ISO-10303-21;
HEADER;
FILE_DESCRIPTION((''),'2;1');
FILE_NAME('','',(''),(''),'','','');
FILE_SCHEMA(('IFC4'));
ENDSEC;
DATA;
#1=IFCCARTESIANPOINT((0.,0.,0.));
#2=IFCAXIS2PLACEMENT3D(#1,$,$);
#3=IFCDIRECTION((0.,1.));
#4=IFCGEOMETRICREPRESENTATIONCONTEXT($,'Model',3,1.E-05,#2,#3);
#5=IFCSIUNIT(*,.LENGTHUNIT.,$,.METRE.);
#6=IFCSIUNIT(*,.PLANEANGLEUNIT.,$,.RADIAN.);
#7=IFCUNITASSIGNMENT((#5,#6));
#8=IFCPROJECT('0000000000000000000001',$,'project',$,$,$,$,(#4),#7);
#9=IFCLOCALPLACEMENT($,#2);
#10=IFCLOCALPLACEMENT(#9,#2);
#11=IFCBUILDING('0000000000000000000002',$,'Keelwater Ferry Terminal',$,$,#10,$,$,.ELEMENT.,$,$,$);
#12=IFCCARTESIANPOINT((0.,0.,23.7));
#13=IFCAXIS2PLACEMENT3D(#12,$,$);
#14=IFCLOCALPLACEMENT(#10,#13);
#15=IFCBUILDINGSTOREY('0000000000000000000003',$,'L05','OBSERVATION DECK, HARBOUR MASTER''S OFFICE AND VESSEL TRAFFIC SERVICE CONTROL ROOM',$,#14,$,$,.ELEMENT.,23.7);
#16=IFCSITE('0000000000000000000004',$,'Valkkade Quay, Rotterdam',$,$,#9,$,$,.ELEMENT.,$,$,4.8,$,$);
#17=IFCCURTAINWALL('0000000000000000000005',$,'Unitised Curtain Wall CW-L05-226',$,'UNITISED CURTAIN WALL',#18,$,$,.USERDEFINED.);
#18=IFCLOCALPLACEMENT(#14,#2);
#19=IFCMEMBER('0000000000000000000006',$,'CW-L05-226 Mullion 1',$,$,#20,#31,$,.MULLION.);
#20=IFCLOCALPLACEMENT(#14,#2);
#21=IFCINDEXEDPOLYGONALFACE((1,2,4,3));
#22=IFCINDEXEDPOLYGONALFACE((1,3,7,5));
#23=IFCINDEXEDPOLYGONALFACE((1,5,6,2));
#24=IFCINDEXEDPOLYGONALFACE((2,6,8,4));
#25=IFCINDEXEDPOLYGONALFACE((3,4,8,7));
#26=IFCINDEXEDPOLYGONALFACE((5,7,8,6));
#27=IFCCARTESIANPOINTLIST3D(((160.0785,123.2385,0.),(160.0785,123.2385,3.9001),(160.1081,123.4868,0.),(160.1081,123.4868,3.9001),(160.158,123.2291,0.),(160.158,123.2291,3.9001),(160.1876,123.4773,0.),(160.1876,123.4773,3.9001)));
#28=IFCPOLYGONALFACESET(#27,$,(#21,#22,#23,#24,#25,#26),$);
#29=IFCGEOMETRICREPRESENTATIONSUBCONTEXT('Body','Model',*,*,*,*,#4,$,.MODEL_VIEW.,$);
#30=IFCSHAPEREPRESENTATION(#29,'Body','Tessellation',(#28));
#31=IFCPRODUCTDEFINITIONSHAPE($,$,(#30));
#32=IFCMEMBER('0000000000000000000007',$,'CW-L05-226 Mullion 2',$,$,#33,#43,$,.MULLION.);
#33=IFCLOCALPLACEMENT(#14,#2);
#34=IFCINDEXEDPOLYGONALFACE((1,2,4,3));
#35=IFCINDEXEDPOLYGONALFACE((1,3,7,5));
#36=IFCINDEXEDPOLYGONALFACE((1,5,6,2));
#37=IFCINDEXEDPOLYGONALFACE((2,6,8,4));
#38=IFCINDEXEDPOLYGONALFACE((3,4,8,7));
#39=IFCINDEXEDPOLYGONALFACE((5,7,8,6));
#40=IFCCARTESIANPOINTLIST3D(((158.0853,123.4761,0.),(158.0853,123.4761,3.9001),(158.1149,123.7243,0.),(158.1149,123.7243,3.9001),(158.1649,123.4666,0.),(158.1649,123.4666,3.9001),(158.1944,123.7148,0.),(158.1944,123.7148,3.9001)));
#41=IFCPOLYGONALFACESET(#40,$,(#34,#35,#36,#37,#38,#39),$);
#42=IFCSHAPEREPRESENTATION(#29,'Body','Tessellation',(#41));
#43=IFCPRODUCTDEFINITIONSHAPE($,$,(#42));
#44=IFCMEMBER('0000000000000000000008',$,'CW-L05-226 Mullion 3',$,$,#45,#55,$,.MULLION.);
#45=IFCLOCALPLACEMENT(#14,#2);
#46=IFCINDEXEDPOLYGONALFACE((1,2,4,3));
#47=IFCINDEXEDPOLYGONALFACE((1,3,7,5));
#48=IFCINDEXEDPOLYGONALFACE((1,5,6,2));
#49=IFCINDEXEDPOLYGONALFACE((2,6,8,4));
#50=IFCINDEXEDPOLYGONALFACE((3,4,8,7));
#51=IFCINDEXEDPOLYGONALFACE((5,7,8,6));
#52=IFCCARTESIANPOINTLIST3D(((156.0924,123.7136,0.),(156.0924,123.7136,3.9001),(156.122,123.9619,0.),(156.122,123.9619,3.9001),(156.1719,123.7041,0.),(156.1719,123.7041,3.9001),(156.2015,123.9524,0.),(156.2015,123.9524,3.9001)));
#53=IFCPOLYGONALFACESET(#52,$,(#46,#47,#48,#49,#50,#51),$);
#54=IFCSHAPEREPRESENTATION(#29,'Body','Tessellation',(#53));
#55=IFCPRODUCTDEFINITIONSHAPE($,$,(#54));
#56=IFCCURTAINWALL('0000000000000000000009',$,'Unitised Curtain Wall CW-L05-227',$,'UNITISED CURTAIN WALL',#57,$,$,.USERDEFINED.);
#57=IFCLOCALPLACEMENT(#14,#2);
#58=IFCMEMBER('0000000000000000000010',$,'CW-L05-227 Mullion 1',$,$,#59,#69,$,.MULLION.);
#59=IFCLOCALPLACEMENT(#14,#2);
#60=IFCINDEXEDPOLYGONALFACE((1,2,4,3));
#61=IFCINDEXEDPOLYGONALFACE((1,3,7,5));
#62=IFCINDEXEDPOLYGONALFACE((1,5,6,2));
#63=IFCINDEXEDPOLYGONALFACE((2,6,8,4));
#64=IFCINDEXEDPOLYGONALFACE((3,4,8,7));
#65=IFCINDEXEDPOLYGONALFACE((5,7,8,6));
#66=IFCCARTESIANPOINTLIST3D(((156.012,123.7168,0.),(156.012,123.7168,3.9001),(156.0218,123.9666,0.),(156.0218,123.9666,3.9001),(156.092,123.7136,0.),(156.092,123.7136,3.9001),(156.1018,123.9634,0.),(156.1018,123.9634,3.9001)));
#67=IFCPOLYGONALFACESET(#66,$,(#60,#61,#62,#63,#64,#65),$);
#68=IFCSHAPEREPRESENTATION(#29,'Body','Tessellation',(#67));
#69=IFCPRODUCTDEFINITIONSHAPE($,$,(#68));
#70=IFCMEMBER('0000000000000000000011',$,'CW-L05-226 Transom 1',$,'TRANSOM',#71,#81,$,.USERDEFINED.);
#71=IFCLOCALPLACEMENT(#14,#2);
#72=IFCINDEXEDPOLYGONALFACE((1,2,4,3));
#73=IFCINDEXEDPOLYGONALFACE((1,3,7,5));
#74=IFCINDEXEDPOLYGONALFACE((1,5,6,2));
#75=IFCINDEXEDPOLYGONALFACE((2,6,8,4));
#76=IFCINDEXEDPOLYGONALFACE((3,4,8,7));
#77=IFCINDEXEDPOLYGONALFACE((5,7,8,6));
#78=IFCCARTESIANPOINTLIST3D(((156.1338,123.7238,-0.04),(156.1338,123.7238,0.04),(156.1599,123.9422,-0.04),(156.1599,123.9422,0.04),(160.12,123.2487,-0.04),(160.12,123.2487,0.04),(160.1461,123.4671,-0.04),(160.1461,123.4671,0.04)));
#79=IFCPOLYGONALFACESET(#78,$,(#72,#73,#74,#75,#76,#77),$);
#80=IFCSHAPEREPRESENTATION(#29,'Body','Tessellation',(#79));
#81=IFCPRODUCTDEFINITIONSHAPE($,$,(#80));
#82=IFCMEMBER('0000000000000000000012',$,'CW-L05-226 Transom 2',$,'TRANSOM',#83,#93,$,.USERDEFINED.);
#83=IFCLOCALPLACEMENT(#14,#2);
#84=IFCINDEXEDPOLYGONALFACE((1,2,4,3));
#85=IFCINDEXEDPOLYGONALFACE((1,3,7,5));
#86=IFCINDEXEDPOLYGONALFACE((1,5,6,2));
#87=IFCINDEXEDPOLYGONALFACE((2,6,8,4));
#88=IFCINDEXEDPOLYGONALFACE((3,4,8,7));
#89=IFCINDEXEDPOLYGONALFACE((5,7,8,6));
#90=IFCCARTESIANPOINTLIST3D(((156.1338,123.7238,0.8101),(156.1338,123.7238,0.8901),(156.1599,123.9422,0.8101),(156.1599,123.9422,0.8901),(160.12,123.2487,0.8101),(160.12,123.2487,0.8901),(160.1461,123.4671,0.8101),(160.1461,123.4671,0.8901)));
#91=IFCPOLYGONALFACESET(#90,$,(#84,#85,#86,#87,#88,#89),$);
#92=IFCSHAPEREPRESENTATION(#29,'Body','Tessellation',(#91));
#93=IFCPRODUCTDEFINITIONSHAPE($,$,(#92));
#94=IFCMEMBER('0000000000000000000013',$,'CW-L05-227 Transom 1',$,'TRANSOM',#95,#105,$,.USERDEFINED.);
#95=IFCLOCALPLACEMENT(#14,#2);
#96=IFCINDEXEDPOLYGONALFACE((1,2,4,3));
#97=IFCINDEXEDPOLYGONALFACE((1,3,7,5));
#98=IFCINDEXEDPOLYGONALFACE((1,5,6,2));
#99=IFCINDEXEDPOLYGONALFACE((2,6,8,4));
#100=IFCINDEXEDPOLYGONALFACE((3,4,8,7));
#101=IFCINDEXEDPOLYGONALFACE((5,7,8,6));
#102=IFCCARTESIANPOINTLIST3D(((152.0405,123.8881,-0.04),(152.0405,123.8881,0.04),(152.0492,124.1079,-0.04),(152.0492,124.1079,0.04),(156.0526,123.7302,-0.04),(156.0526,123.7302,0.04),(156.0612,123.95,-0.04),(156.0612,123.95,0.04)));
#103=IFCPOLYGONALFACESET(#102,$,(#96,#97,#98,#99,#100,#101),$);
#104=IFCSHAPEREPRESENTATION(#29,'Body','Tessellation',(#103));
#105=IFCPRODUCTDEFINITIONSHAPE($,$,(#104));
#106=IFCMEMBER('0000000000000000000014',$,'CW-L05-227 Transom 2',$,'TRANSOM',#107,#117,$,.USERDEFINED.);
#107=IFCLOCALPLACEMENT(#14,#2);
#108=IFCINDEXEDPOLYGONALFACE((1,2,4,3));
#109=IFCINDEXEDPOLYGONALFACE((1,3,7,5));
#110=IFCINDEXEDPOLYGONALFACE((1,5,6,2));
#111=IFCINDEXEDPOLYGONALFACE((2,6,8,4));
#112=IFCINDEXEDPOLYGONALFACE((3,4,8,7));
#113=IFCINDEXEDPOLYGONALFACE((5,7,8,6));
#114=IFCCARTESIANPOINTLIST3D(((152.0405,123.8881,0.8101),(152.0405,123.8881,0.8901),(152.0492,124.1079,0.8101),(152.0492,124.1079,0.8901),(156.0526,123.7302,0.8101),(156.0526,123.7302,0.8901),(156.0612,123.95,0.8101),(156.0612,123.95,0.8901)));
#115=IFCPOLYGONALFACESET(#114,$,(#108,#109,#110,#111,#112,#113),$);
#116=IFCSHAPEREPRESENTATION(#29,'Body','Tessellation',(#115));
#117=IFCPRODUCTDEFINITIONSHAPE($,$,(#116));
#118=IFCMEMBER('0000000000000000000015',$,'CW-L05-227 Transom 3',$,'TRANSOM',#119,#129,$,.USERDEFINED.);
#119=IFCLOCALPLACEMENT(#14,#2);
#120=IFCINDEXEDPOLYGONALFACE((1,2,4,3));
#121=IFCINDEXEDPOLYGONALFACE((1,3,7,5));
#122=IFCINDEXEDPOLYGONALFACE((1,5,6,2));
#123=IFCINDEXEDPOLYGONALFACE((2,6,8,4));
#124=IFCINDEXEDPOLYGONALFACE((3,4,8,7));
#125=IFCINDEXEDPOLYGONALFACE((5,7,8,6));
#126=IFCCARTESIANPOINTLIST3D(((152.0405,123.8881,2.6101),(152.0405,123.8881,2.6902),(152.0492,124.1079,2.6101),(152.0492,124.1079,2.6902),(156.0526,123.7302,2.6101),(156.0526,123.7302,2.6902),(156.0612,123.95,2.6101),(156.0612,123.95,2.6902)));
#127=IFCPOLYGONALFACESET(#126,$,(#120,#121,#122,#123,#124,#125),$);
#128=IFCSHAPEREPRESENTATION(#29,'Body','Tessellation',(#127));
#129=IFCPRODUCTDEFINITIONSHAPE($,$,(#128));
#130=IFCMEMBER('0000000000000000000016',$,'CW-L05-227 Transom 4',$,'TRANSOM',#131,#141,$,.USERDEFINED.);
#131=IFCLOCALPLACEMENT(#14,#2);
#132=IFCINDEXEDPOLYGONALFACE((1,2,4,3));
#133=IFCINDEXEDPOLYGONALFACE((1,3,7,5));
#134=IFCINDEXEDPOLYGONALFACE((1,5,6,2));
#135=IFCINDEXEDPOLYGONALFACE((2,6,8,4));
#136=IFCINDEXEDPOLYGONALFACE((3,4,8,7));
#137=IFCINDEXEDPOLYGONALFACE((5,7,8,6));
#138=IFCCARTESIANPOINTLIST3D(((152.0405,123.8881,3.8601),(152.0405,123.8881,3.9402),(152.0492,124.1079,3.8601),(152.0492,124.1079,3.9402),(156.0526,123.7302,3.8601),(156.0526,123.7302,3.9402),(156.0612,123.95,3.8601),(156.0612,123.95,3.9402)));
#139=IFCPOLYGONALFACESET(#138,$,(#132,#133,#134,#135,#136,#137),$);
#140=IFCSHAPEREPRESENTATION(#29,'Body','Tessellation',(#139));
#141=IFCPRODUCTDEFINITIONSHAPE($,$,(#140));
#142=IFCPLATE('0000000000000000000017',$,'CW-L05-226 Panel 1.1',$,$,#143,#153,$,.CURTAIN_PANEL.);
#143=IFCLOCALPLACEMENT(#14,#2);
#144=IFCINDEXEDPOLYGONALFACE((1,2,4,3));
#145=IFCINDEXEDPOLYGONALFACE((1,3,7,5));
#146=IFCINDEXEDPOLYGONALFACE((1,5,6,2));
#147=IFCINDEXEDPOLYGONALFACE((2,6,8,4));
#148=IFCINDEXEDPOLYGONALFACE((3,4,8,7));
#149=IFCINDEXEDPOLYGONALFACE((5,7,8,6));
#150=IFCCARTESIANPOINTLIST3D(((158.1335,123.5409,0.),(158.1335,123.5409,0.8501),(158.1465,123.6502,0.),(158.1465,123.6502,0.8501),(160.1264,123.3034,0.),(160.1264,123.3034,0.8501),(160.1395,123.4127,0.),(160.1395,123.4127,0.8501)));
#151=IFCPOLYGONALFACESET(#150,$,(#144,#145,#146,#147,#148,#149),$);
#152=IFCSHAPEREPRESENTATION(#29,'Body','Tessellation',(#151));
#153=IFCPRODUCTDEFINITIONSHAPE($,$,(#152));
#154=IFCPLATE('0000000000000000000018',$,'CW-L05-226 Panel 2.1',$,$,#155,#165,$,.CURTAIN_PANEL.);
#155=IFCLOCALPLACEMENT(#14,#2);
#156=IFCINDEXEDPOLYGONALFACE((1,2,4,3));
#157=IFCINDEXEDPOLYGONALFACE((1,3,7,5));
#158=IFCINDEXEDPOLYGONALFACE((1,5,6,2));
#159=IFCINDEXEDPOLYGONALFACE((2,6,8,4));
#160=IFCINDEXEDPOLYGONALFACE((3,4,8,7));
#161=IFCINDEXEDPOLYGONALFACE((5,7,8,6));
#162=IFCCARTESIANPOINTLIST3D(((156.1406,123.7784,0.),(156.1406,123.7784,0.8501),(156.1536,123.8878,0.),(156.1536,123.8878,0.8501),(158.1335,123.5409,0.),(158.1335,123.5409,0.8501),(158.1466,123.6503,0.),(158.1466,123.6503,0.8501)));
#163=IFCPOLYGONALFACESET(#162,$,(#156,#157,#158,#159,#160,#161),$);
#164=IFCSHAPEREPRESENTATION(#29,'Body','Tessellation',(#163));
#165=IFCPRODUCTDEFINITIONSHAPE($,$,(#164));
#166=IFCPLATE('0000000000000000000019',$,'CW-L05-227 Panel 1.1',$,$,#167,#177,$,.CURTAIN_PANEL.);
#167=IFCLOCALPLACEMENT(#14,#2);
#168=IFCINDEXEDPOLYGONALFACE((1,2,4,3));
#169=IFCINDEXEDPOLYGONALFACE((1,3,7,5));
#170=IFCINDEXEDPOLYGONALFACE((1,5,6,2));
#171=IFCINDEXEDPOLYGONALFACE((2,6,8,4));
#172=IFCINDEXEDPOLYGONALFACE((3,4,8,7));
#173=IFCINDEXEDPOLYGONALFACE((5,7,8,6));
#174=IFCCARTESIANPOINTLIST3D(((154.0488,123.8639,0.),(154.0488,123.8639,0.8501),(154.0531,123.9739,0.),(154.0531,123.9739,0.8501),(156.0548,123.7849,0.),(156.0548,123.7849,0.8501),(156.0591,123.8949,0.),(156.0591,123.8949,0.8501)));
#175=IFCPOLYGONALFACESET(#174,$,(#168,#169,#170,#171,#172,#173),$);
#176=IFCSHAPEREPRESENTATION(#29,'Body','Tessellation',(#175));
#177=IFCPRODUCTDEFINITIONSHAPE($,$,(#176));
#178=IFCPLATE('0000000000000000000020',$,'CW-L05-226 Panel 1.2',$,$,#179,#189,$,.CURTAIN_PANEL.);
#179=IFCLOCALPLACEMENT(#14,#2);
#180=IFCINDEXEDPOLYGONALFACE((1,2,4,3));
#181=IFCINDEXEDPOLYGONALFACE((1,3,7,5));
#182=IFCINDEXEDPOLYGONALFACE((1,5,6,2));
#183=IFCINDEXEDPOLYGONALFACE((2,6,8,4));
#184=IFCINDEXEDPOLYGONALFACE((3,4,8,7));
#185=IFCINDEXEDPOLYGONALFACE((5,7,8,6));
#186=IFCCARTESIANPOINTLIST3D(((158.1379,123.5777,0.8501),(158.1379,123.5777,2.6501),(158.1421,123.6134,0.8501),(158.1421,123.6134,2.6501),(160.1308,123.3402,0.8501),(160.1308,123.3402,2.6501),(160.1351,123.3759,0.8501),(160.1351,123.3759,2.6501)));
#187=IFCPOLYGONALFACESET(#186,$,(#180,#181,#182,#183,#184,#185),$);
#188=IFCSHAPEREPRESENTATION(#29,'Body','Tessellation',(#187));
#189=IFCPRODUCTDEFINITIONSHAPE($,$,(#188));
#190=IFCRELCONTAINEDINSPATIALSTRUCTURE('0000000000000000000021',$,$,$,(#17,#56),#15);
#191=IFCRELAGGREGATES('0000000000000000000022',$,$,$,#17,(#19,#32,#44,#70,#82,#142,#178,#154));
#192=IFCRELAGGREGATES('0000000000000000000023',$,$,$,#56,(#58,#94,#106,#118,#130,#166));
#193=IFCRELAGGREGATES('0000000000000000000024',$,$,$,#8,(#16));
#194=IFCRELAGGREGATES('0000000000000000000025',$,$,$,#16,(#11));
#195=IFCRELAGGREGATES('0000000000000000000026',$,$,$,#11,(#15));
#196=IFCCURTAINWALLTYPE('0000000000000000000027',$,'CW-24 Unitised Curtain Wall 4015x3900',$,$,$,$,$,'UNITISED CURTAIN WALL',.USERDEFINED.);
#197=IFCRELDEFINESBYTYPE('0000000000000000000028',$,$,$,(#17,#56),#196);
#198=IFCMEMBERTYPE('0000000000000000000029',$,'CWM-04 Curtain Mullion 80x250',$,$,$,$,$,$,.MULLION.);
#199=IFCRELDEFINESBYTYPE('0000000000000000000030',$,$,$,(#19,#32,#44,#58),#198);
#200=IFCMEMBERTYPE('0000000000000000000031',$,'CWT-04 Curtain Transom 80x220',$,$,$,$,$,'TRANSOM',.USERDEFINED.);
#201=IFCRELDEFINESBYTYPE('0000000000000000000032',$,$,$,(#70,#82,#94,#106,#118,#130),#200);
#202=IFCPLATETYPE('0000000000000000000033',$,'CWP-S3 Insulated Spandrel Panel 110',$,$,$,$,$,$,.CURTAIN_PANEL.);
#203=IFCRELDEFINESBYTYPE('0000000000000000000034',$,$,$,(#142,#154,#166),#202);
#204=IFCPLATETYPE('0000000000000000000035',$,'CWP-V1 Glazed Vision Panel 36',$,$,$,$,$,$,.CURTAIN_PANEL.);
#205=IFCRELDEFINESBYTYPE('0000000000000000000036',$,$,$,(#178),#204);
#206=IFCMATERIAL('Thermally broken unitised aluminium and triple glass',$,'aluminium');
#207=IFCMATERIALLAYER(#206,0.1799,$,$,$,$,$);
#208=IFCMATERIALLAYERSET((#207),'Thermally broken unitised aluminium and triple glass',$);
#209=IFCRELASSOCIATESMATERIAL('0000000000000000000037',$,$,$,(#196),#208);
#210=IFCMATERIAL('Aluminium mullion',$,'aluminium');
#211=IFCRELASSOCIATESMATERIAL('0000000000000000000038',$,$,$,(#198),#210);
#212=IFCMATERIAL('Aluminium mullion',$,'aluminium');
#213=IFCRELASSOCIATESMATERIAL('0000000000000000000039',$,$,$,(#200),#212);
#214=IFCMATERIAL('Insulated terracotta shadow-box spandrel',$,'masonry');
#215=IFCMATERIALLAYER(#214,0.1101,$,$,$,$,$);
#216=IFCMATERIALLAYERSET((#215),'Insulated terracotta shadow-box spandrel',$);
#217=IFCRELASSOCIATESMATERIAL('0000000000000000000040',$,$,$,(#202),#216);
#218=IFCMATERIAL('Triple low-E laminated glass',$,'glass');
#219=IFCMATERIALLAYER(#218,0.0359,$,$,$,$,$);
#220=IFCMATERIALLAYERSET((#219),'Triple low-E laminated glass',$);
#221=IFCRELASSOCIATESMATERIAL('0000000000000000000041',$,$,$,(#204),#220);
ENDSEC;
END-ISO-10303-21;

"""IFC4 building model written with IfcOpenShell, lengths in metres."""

from ifc_helpers import new_model, si_unit, direction, frame, origin, origin_2d, place, context, subcontext, project, spatial, rectangle, extrude, material, layer, layer_set, material_profile, profile_set, type_object, element, aggregate, save


model = new_model("IFC4")

# Units and contexts
model_context = context("Model", 3, precision=1e-05, world=origin(), true_north=direction((0.0, 1.0)))
body_context = subcontext(model_context, "Body", "Model", "MODEL_VIEW")
ifc_project = project(units=[si_unit("LENGTHUNIT", "METRE"), si_unit("PLANEANGLEUNIT", "RADIAN")], contexts=[model_context])

# Site, building, storey
site_placement = place(None, origin())
site = spatial("IfcSite", under=ifc_project, at=site_placement, Name="Valkkade Quay, Rotterdam", CompositionType="ELEMENT", RefElevation=4.8)
building_placement = place(site_placement, origin())
building = spatial("IfcBuilding", under=site, at=building_placement, Name="Keelwater Ferry Terminal", CompositionType="ELEMENT")
storey_placement = place(building_placement, frame((0.0, 0.0, 23.7)))
storey = spatial("IfcBuildingStorey", under=building, at=storey_placement, Name="L05", Description="OBSERVATION DECK, HARBOUR MASTER'S OFFICE AND VESSEL TRAFFIC SERVICE CONTROL ROOM", CompositionType="ELEMENT", Elevation=23.7)

# Curtain wall, members
ifc_material_1 = material(Name="Thermally broken unitised aluminium and triple glass", Category="aluminium")
ifc_layer_1 = layer(ifc_material_1, 0.1799)
ifc_layer_set_1 = layer_set([ifc_layer_1], Name="Thermally broken unitised aluminium and triple glass")
curtain_wall_type = type_object("IfcCurtainWallType", Name="CW-24 Unitised Curtain Wall 4015x3900", ElementType="UNITISED CURTAIN WALL", PredefinedType="USERDEFINED", material=ifc_layer_set_1)
curtain_wall_1_placement = place(storey_placement, origin())
curtain_wall_1 = element("IfcCurtainWall", 1, at=curtain_wall_1_placement, inside=storey, type_object=curtain_wall_type, Name="Unitised Curtain Wall CW-L05-226", ObjectType="UNITISED CURTAIN WALL", PredefinedType="USERDEFINED")
ifc_material_2 = material(Name="Aluminium mullion", Category="aluminium")
ifc_material_profile_1 = material_profile(ifc_material_2, rectangle(XDim=0.0801, YDim=0.25, at=origin_2d()), Name="CWM-04")
ifc_profile_set_1 = profile_set([ifc_material_profile_1], Name="Aluminium mullion")
member_type_1 = type_object("IfcMemberType", Name="CWM-04 Curtain Mullion 80x250", PredefinedType="MULLION", material=ifc_profile_set_1)
member_1_placement = place(storey_placement, frame((160.1331, 123.3579, 0.0), z_axis=(0.0, 0.0, 1.0), x_axis=(-0.992974, 0.11833, 0.0)))
member_1 = element("IfcMember", 2, at=member_1_placement, type_object=member_type_1, Name="CW-L05-226 Mullion 1", PredefinedType="MULLION", context=body_context, shape_type="SweptSolid", body=[
    extrude(rectangle(XDim=0.0801, YDim=0.25, at=origin_2d()), origin(), (0.0, 0.0, 1.0), 3.9001),
])
member_2_placement = place(storey_placement, frame((158.1399, 123.5955, 0.0), z_axis=(0.0, 0.0, 1.0), x_axis=(-0.992974, 0.11833, 0.0)))
member_2 = element("IfcMember", 3, at=member_2_placement, type_object=member_type_1, Name="CW-L05-226 Mullion 2", PredefinedType="MULLION", context=body_context, shape_type="SweptSolid", body=[
    extrude(rectangle(XDim=0.0801, YDim=0.25, at=origin_2d()), origin(), (0.0, 0.0, 1.0), 3.9001),
])
member_3_placement = place(storey_placement, frame((156.147, 123.833, 0.0), z_axis=(0.0, 0.0, 1.0), x_axis=(-0.992974, 0.11833, 0.0)))
member_3 = element("IfcMember", 4, at=member_3_placement, type_object=member_type_1, Name="CW-L05-226 Mullion 3", PredefinedType="MULLION", context=body_context, shape_type="SweptSolid", body=[
    extrude(rectangle(XDim=0.0801, YDim=0.25, at=origin_2d()), origin(), (0.0, 0.0, 1.0), 3.9001),
])

# Curtain wall, member
curtain_wall_2_placement = place(storey_placement, origin())
curtain_wall_2 = element("IfcCurtainWall", 5, at=curtain_wall_2_placement, inside=storey, type_object=curtain_wall_type, Name="Unitised Curtain Wall CW-L05-227", ObjectType="UNITISED CURTAIN WALL", PredefinedType="USERDEFINED")
member_4_placement = place(storey_placement, frame((156.0569, 123.8401, 0.0), z_axis=(0.0, 0.0, 1.0), x_axis=(-0.999225, 0.039351, 0.0)))
member_4 = element("IfcMember", 6, at=member_4_placement, type_object=member_type_1, Name="CW-L05-227 Mullion 1", PredefinedType="MULLION", context=body_context, shape_type="SweptSolid", body=[
    extrude(rectangle(XDim=0.0801, YDim=0.25, at=origin_2d()), origin(), (0.0, 0.0, 1.0), 3.9001),
])

# Members
ifc_material_3 = material(Name="Aluminium mullion", Category="aluminium")
ifc_material_profile_2 = material_profile(ifc_material_3, rectangle(XDim=0.22, YDim=0.0801, at=origin_2d()), Name="CWT-04")
ifc_profile_set_2 = profile_set([ifc_material_profile_2], Name="Aluminium mullion")
member_type_2 = type_object("IfcMemberType", Name="CWT-04 Curtain Transom 80x220", ElementType="TRANSOM", PredefinedType="USERDEFINED", material=ifc_profile_set_2)
member_5_placement = place(storey_placement, frame((160.1331, 123.3579, 0.0), z_axis=(-0.992972, 0.118351, 0.0), x_axis=(-0.118351, -0.992972, 0.0)))
member_5 = element("IfcMember", 7, at=member_5_placement, type_object=member_type_2, Name="CW-L05-226 Transom 1", ObjectType="TRANSOM", PredefinedType="USERDEFINED", context=body_context, shape_type="SweptSolid", body=[
    extrude(rectangle(XDim=0.22, YDim=0.0801, at=origin_2d()), origin(), (0.0, 0.0, 1.0), 4.0144),
])
member_6_placement = place(storey_placement, frame((160.1331, 123.3579, 0.8501), z_axis=(-0.992972, 0.118351, 0.0), x_axis=(-0.118351, -0.992972, 0.0)))
member_6 = element("IfcMember", 8, at=member_6_placement, type_object=member_type_2, Name="CW-L05-226 Transom 2", ObjectType="TRANSOM", PredefinedType="USERDEFINED", context=body_context, shape_type="SweptSolid", body=[
    extrude(rectangle(XDim=0.22, YDim=0.0801, at=origin_2d()), origin(), (0.0, 0.0, 1.0), 4.0144),
])
member_7_placement = place(storey_placement, frame((156.0569, 123.8401, 0.0), z_axis=(-0.999226, 0.039342, 0.0), x_axis=(-0.039342, -0.999226, 0.0)))
member_7 = element("IfcMember", 9, at=member_7_placement, type_object=member_type_2, Name="CW-L05-227 Transom 1", ObjectType="TRANSOM", PredefinedType="USERDEFINED", context=body_context, shape_type="SweptSolid", body=[
    extrude(rectangle(XDim=0.22, YDim=0.0801, at=origin_2d()), origin(), (0.0, 0.0, 1.0), 4.0151),
])
member_8_placement = place(storey_placement, frame((156.0569, 123.8401, 0.8501), z_axis=(-0.999226, 0.039342, 0.0), x_axis=(-0.039342, -0.999226, 0.0)))
member_8 = element("IfcMember", 10, at=member_8_placement, type_object=member_type_2, Name="CW-L05-227 Transom 2", ObjectType="TRANSOM", PredefinedType="USERDEFINED", context=body_context, shape_type="SweptSolid", body=[
    extrude(rectangle(XDim=0.22, YDim=0.0801, at=origin_2d()), origin(), (0.0, 0.0, 1.0), 4.0151),
])
member_9_placement = place(storey_placement, frame((156.0569, 123.8401, 2.6501), z_axis=(-0.999226, 0.039342, 0.0), x_axis=(-0.039342, -0.999226, 0.0)))
member_9 = element("IfcMember", 11, at=member_9_placement, type_object=member_type_2, Name="CW-L05-227 Transom 3", ObjectType="TRANSOM", PredefinedType="USERDEFINED", context=body_context, shape_type="SweptSolid", body=[
    extrude(rectangle(XDim=0.22, YDim=0.0801, at=origin_2d()), origin(), (0.0, 0.0, 1.0), 4.0151),
])
member_10_placement = place(storey_placement, frame((156.0569, 123.8401, 3.9001), z_axis=(-0.999226, 0.039342, 0.0), x_axis=(-0.039342, -0.999226, 0.0)))
member_10 = element("IfcMember", 12, at=member_10_placement, type_object=member_type_2, Name="CW-L05-227 Transom 4", ObjectType="TRANSOM", PredefinedType="USERDEFINED", context=body_context, shape_type="SweptSolid", body=[
    extrude(rectangle(XDim=0.22, YDim=0.0801, at=origin_2d()), origin(), (0.0, 0.0, 1.0), 4.0151),
])

# Plates
ifc_material_4 = material(Name="Insulated terracotta shadow-box spandrel", Category="masonry")
ifc_layer_2 = layer(ifc_material_4, 0.1101)
ifc_layer_set_2 = layer_set([ifc_layer_2], Name="Insulated terracotta shadow-box spandrel")
plate_type_1 = type_object("IfcPlateType", Name="CWP-S3 Insulated Spandrel Panel 110", PredefinedType="CURTAIN_PANEL", material=ifc_layer_set_2)
plate_1_placement = place(storey_placement, frame((159.1365, 123.4768, 0.0), z_axis=(0.0, 0.0, 1.0), x_axis=(-0.992974, 0.11833, 0.0)))
plate_1 = element("IfcPlate", 13, at=plate_1_placement, type_object=plate_type_1, Name="CW-L05-226 Panel 1.1", PredefinedType="CURTAIN_PANEL", context=body_context, shape_type="SweptSolid", body=[
    extrude(rectangle(XDim=2.0071, YDim=0.1101, at=origin_2d()), origin(), (0.0, 0.0, 1.0), 0.8501),
])
plate_2_placement = place(storey_placement, frame((157.1436, 123.7144, 0.0), z_axis=(0.0, 0.0, 1.0), x_axis=(-0.992974, 0.11833, 0.0)))
plate_2 = element("IfcPlate", 14, at=plate_2_placement, type_object=plate_type_1, Name="CW-L05-226 Panel 2.1", PredefinedType="CURTAIN_PANEL", context=body_context, shape_type="SweptSolid", body=[
    extrude(rectangle(XDim=2.0071, YDim=0.1101, at=origin_2d()), origin(), (0.0, 0.0, 1.0), 0.8501),
])
plate_3_placement = place(storey_placement, frame((155.054, 123.8794, 0.0), z_axis=(0.0, 0.0, 1.0), x_axis=(-0.999225, 0.039351, 0.0)))
plate_3 = element("IfcPlate", 15, at=plate_3_placement, type_object=plate_type_1, Name="CW-L05-227 Panel 1.1", PredefinedType="CURTAIN_PANEL", context=body_context, shape_type="SweptSolid", body=[
    extrude(rectangle(XDim=2.0076, YDim=0.1101, at=origin_2d()), origin(), (0.0, 0.0, 1.0), 0.8501),
])
ifc_material_5 = material(Name="Triple low-E laminated glass", Category="glass")
ifc_layer_3 = layer(ifc_material_5, 0.0359)
ifc_layer_set_3 = layer_set([ifc_layer_3], Name="Triple low-E laminated glass")
plate_type_2 = type_object("IfcPlateType", Name="CWP-V1 Glazed Vision Panel 36", PredefinedType="CURTAIN_PANEL", material=ifc_layer_set_3)
plate_4_placement = place(storey_placement, frame((159.1365, 123.4768, 0.8501), z_axis=(0.0, 0.0, 1.0), x_axis=(-0.992974, 0.11833, 0.0)))
plate_4 = element("IfcPlate", 16, at=plate_4_placement, type_object=plate_type_2, Name="CW-L05-226 Panel 1.2", PredefinedType="CURTAIN_PANEL", context=body_context, shape_type="SweptSolid", body=[
    extrude(rectangle(XDim=2.0071, YDim=0.0359, at=origin_2d()), origin(), (0.0, 0.0, 1.0), 1.8),
])
aggregate(curtain_wall_1, [member_1, member_2, member_3, member_5, member_6, plate_1, plate_4, plate_2])
aggregate(curtain_wall_2, [member_4, member_7, member_8, member_9, member_10, plate_3])

save(model, "model.ifc")
